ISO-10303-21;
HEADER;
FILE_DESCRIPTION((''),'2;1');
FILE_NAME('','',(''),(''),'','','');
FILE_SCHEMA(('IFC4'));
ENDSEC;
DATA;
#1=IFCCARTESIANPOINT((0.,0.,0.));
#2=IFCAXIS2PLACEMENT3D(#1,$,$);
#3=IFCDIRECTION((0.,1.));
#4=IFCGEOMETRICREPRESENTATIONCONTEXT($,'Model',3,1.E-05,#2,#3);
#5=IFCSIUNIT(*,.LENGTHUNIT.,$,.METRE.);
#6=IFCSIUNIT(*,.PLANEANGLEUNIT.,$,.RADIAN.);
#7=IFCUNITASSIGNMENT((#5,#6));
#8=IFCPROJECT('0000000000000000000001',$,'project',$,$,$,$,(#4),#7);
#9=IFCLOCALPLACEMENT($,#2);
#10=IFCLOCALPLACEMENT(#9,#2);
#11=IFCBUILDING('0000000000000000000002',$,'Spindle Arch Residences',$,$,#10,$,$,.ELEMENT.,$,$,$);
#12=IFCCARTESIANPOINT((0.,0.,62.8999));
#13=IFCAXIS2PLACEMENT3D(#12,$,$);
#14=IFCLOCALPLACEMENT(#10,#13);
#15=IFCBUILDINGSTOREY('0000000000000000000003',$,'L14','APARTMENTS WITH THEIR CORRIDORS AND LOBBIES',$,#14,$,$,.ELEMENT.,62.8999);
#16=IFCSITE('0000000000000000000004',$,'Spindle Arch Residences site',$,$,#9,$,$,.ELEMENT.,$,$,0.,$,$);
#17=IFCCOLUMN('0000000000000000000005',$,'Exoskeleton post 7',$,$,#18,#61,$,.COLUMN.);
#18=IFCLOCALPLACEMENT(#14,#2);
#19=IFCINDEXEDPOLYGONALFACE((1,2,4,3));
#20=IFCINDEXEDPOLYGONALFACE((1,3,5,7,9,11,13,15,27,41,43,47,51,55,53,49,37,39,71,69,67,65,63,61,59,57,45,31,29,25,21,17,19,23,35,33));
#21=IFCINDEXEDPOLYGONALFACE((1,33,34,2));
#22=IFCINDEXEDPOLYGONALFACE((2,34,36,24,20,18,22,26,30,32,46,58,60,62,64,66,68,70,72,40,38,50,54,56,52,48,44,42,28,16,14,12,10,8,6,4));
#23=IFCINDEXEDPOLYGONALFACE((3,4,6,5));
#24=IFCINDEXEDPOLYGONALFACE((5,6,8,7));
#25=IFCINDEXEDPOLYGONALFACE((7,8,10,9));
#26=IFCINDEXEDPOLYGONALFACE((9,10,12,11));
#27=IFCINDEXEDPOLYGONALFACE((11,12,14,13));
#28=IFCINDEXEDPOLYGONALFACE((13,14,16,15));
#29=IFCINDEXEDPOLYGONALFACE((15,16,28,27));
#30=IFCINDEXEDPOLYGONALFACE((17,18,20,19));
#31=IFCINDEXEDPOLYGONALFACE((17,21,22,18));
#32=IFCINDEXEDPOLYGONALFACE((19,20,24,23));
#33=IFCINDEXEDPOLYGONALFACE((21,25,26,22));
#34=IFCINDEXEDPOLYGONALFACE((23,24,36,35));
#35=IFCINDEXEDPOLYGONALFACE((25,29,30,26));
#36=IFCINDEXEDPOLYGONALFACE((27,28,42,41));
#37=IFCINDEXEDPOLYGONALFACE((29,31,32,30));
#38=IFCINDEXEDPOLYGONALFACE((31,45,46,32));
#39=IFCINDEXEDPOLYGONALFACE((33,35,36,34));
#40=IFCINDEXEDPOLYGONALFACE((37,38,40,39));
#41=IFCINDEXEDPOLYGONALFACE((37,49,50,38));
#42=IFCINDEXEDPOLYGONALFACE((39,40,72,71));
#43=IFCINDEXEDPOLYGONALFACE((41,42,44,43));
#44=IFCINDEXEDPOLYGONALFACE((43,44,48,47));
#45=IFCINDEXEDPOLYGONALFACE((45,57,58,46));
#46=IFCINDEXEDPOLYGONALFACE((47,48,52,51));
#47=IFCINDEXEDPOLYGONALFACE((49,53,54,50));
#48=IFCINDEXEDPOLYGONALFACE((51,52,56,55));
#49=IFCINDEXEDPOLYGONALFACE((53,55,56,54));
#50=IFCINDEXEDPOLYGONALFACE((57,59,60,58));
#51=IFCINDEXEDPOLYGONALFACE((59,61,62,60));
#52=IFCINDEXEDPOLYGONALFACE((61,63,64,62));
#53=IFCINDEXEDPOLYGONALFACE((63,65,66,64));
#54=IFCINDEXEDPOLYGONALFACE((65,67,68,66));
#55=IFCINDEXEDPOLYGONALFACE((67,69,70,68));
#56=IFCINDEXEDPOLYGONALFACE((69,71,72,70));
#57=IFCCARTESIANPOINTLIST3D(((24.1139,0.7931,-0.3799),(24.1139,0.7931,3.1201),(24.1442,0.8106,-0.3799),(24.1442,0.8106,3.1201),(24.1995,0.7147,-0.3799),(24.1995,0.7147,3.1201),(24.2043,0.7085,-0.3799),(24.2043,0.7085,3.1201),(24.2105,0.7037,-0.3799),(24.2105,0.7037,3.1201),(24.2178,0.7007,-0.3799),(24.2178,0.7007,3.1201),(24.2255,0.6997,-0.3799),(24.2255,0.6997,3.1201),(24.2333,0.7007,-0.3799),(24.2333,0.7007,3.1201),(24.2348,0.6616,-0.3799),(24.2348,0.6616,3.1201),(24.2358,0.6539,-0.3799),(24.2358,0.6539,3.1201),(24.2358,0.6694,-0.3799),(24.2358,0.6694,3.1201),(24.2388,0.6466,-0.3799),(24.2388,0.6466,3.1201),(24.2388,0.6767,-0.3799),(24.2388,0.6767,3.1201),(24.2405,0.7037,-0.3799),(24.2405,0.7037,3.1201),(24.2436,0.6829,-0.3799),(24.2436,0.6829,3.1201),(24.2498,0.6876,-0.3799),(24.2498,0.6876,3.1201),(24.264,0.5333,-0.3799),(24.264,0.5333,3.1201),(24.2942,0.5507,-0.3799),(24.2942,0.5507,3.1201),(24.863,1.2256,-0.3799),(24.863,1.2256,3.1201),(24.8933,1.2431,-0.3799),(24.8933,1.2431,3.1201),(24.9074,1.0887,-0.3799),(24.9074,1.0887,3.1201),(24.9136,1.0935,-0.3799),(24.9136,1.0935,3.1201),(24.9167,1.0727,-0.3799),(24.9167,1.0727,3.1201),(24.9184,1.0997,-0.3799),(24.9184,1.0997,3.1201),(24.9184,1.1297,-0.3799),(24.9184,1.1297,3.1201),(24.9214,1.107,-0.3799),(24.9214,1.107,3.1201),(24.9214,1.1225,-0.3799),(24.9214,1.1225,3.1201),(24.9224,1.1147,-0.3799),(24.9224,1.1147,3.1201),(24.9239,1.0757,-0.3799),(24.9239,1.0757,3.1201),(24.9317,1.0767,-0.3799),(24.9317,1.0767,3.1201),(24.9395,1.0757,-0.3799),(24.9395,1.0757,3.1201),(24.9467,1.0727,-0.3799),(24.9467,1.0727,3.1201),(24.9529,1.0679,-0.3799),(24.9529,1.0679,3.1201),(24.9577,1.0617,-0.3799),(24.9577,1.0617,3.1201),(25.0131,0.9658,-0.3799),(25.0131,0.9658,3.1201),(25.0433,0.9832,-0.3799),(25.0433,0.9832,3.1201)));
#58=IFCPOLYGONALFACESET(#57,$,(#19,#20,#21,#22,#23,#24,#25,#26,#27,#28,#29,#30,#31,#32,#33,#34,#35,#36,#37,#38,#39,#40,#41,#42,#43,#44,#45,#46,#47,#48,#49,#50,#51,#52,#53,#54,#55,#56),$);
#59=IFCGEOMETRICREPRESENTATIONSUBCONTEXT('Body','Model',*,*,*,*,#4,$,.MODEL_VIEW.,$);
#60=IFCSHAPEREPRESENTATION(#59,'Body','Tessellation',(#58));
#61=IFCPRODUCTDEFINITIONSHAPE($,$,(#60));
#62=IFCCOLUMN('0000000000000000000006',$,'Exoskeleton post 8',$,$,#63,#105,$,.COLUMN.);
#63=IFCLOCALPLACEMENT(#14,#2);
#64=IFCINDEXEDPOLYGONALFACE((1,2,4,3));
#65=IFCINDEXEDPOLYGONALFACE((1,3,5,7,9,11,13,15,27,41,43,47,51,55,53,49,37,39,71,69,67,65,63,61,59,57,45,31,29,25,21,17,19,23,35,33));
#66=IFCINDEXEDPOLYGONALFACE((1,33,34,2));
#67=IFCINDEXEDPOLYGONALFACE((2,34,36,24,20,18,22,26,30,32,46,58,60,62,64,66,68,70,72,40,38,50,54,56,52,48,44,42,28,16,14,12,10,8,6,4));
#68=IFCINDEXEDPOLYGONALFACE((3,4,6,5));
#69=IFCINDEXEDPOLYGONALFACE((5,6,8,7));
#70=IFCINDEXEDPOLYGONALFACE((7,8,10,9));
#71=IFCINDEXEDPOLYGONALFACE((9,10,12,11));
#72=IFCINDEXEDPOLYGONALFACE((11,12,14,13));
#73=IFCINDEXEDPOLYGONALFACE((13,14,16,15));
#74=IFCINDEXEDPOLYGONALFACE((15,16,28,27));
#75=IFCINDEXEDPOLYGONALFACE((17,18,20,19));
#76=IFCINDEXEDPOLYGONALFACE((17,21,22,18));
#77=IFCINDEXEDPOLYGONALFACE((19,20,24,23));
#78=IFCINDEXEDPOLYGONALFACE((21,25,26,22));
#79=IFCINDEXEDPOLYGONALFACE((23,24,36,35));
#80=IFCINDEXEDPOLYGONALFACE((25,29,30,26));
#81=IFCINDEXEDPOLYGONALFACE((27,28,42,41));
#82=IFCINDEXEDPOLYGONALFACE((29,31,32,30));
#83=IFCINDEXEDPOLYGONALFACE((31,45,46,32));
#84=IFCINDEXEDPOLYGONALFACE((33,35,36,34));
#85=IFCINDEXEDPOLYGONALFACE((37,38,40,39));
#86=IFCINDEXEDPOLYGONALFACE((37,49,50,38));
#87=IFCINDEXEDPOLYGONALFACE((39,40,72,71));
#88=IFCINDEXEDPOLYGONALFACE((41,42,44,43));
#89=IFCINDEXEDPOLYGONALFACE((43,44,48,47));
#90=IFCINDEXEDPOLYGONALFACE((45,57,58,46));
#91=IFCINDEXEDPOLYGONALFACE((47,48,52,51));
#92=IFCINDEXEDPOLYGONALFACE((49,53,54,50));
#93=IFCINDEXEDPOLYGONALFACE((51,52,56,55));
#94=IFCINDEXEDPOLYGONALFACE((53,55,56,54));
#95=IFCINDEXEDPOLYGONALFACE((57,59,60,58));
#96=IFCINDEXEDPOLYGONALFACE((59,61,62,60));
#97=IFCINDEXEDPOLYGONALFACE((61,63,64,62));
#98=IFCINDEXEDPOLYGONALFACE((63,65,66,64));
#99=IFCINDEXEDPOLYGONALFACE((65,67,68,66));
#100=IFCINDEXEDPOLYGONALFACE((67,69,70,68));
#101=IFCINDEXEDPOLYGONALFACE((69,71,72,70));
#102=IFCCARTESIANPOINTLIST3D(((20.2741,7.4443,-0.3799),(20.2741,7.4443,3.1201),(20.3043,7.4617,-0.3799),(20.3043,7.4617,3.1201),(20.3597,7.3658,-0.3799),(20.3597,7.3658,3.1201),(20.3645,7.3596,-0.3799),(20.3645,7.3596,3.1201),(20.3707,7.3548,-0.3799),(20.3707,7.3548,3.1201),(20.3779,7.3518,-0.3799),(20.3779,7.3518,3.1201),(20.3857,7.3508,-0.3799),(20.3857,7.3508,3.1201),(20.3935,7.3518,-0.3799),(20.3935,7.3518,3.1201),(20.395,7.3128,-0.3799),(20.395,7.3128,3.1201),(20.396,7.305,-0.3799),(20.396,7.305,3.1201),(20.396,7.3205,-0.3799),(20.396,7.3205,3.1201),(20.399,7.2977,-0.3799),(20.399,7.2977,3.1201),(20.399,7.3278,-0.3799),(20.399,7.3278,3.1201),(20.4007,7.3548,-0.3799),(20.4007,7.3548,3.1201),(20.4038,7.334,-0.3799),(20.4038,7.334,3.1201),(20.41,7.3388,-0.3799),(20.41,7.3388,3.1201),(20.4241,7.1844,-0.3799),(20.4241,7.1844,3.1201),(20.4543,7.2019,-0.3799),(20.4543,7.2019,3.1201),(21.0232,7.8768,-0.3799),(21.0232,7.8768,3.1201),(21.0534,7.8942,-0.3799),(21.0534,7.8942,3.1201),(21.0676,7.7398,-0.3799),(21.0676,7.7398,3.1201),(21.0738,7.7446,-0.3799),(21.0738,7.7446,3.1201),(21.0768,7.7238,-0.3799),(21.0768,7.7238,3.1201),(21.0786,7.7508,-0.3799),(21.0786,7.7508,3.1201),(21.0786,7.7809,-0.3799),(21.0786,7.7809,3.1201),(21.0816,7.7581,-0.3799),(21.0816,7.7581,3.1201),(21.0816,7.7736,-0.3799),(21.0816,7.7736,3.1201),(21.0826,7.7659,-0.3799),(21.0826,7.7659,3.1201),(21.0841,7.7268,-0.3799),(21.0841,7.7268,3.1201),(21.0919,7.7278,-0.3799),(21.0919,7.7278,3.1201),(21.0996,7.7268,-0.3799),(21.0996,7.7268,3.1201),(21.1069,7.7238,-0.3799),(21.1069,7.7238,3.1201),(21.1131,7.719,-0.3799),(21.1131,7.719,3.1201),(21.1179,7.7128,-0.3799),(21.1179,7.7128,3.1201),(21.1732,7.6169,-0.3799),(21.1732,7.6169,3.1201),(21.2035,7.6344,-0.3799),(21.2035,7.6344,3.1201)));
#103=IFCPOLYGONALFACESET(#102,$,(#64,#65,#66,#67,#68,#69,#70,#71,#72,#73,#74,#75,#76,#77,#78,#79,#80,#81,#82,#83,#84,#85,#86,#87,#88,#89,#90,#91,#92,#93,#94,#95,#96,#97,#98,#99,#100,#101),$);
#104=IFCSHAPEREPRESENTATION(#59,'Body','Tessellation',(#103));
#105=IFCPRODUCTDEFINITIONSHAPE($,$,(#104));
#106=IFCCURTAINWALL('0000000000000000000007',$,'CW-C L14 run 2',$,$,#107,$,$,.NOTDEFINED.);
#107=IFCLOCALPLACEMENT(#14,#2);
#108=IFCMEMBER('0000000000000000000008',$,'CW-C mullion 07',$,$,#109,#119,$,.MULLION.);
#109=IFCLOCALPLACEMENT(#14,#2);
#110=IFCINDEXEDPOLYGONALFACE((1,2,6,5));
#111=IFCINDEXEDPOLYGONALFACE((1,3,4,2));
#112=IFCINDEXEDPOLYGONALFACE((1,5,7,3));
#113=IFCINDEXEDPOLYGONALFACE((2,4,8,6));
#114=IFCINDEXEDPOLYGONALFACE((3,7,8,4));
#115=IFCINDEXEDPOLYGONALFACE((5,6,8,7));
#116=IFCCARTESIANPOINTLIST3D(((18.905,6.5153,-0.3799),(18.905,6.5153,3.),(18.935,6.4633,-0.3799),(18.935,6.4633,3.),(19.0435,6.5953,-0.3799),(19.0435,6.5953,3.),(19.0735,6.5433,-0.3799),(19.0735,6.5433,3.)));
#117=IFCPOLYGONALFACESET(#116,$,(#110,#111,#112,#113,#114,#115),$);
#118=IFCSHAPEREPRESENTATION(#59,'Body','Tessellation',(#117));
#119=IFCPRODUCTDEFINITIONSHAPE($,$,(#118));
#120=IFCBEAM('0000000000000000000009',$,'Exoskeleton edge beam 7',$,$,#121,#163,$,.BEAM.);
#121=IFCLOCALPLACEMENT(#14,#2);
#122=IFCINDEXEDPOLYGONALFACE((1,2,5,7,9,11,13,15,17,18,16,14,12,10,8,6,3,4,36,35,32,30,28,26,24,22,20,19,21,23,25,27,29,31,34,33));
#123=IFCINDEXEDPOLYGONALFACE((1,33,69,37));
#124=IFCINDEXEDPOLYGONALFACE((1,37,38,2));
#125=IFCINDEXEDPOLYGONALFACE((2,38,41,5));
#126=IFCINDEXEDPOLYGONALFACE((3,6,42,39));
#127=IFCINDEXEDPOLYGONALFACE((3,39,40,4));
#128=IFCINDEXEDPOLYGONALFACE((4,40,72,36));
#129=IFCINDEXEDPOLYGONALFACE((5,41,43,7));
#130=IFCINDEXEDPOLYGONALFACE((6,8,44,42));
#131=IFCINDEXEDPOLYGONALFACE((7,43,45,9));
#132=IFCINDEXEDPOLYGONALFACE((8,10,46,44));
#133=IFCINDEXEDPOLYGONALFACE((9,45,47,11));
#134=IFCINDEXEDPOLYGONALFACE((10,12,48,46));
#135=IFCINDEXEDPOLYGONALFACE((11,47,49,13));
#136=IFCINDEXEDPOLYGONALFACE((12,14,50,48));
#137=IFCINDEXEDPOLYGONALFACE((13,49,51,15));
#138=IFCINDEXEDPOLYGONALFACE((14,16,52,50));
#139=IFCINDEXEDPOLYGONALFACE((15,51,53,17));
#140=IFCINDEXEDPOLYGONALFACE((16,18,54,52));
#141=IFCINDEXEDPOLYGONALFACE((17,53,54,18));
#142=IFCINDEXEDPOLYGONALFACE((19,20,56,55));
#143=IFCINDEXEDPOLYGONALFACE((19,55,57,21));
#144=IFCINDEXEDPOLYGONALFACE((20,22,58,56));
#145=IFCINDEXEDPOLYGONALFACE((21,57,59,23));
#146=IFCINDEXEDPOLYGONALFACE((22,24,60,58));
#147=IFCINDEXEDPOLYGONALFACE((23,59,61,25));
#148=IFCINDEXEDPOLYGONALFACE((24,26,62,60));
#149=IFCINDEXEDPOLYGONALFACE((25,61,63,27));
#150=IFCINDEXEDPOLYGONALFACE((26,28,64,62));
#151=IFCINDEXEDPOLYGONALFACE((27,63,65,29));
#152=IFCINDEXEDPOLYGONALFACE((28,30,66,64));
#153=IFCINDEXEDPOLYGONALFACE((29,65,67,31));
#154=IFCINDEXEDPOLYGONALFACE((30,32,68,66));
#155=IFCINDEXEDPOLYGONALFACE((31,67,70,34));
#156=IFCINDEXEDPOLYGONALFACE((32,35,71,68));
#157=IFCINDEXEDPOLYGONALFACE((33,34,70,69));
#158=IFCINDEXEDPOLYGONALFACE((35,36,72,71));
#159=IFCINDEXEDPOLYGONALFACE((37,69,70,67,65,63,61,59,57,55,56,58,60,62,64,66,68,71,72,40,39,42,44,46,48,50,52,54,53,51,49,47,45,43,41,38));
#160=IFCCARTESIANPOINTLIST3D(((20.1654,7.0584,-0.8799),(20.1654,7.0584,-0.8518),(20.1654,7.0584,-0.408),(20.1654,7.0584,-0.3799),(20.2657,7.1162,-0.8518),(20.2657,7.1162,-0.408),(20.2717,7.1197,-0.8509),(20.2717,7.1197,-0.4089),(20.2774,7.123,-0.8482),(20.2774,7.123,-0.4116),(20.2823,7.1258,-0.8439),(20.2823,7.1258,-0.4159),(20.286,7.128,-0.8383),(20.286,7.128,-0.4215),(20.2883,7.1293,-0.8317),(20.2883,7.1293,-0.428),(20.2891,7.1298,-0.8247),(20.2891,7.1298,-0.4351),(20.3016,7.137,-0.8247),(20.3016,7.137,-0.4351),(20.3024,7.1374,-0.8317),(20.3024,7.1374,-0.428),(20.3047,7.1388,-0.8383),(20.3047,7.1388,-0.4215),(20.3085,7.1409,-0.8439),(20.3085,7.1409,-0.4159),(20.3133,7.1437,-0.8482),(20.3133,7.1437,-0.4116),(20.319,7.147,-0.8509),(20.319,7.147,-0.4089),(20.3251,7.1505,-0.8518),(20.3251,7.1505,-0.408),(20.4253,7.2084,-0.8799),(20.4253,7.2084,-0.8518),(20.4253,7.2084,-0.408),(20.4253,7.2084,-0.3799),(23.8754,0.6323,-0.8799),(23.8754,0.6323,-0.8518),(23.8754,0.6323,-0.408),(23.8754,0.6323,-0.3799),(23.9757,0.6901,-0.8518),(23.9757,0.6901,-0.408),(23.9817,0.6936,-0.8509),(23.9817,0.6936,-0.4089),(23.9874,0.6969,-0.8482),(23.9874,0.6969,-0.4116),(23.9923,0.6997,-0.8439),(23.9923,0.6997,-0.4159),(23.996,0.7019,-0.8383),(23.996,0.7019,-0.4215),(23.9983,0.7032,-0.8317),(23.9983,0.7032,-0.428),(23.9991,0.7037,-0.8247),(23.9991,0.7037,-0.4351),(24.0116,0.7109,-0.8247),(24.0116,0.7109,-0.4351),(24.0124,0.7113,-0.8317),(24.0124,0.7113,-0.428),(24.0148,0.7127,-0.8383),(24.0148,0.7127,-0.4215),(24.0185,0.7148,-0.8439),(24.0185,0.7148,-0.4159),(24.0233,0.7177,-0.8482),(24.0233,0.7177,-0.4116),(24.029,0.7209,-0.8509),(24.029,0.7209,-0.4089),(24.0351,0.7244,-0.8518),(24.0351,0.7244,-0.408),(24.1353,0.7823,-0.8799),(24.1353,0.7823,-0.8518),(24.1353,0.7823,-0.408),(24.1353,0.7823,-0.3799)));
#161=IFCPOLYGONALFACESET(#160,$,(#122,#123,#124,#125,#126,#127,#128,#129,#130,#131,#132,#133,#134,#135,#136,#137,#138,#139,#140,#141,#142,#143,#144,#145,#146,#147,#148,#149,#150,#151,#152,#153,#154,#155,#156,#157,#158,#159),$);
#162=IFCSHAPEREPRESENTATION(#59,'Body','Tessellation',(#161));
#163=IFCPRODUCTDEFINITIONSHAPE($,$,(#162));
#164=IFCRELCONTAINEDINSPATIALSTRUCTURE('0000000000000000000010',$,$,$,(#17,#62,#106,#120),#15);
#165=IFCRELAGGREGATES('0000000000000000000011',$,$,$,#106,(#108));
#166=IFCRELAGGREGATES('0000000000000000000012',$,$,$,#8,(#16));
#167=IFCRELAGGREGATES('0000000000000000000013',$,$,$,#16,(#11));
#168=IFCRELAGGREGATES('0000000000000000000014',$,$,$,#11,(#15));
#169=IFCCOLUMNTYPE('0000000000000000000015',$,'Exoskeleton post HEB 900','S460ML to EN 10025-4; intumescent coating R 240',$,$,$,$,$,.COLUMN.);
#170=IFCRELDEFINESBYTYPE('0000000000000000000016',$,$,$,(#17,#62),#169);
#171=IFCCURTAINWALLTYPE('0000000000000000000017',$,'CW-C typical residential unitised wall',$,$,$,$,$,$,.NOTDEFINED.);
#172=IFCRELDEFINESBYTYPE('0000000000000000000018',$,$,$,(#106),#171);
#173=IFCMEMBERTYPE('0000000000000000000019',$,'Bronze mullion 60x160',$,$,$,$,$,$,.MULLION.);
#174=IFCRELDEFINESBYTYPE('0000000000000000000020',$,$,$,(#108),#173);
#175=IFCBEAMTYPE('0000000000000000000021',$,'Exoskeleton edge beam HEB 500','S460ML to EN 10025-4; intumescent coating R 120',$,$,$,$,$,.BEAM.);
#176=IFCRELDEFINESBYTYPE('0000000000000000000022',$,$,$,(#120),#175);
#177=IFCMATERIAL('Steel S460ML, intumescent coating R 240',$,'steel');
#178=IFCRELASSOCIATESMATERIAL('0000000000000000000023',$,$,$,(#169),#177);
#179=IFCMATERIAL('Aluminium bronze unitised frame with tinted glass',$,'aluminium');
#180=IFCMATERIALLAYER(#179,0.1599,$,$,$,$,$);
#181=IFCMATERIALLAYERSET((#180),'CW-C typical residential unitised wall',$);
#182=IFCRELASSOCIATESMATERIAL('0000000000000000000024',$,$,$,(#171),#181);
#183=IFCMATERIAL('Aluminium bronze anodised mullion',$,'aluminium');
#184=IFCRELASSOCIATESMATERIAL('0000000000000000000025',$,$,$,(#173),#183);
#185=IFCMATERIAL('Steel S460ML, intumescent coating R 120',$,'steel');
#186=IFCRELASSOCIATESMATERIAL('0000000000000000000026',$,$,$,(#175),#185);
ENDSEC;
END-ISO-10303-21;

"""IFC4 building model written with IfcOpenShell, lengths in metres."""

from ifc_helpers import new_model, si_unit, direction, frame, origin, origin_2d, place, context, subcontext, project, spatial, rectangle, i_section, extrude, material, layer, layer_set, material_profile, profile_set, type_object, element, aggregate, save


model = new_model("IFC4")

# Units and contexts
model_context = context("Model", 3, precision=1e-05, world=origin(), true_north=direction((0.0, 1.0)))
body_context = subcontext(model_context, "Body", "Model", "MODEL_VIEW")
ifc_project = project(units=[si_unit("LENGTHUNIT", "METRE"), si_unit("PLANEANGLEUNIT", "RADIAN")], contexts=[model_context])

# Site, building, storey
site_placement = place(None, origin())
site = spatial("IfcSite", under=ifc_project, at=site_placement, Name="Spindle Arch Residences site", CompositionType="ELEMENT", RefElevation=0.0)
building_placement = place(site_placement, origin())
building = spatial("IfcBuilding", under=site, at=building_placement, Name="Spindle Arch Residences", CompositionType="ELEMENT")
storey_placement = place(building_placement, frame((0.0, 0.0, 62.8999)))
storey = spatial("IfcBuildingStorey", under=building, at=storey_placement, Name="L14", Description="APARTMENTS WITH THEIR CORRIDORS AND LOBBIES", CompositionType="ELEMENT", Elevation=62.8999)

# Columns
ifc_material_1 = material(Name="Steel S460ML, intumescent coating R 240", Category="steel")
ifc_material_profile_1 = material_profile(ifc_material_1, i_section(OverallWidth=0.3, OverallDepth=0.8999, WebThickness=0.0186, FlangeThickness=0.0349, FilletRadius=0.03, at=origin_2d()), Name="HEB 900")
ifc_profile_set_1 = profile_set([ifc_material_profile_1], Name="Steel S460ML, intumescent coating R 240")
column_type = type_object("IfcColumnType", Name="Exoskeleton post HEB 900", Description="S460ML to EN 10025-4; intumescent coating R 240", PredefinedType="COLUMN", material=ifc_profile_set_1)
for number, where, z_axis, x_axis, name in (
    (1, (24.5786, 0.8882, -0.3799), (0.0, 0.0, 1.0), (0.5, -0.866025, 0.0), "Exoskeleton post 7"),
    (2, (20.7388, 7.5393, -0.3799), (0.0, 0.0, 1.0), (0.5, -0.866025, 0.0), "Exoskeleton post 8"),
):
    element("IfcColumn", number, at=place(storey_placement, frame(where, z_axis=z_axis, x_axis=x_axis)), inside=storey, type_object=column_type, Name=name, PredefinedType="COLUMN", context=body_context, shape_type="SweptSolid", body=[
        extrude(i_section(OverallWidth=0.3, OverallDepth=0.8999, WebThickness=0.0186, FlangeThickness=0.0349, FilletRadius=0.03, at=origin_2d()), origin(), (0.0, 0.0, 1.0), 3.5),
    ])

# Curtain wall, member
ifc_material_2 = material(Name="Aluminium bronze unitised frame with tinted glass", Category="aluminium")
ifc_layer_1 = layer(ifc_material_2, 0.1599)
ifc_layer_set_1 = layer_set([ifc_layer_1], Name="CW-C typical residential unitised wall")
curtain_wall_type = type_object("IfcCurtainWallType", Name="CW-C typical residential unitised wall", PredefinedType="NOTDEFINED", material=ifc_layer_set_1)
curtain_wall_placement = place(storey_placement, origin())
curtain_wall = element("IfcCurtainWall", 3, at=curtain_wall_placement, inside=storey, type_object=curtain_wall_type, Name="CW-C L14 run 2", PredefinedType="NOTDEFINED")
ifc_material_3 = material(Name="Aluminium bronze anodised mullion", Category="aluminium")
ifc_material_profile_2 = material_profile(ifc_material_3, rectangle(XDim=0.1599, YDim=0.0601, at=origin_2d()), Name="MU 60x160")
ifc_profile_set_2 = profile_set([ifc_material_profile_2], Name="Aluminium bronze anodised mullion")
member_type = type_object("IfcMemberType", Name="Bronze mullion 60x160", PredefinedType="MULLION", material=ifc_profile_set_2)
member_placement = place(storey_placement, frame((18.9893, 6.5293, -0.3799), z_axis=(0.0, 0.0, 1.0), x_axis=(-0.866025, -0.5, 0.0)))
member = element("IfcMember", 4, at=member_placement, type_object=member_type, Name="CW-C mullion 07", PredefinedType="MULLION", context=body_context, shape_type="SweptSolid", body=[
    extrude(rectangle(XDim=0.1599, YDim=0.0601, at=origin_2d()), origin(), (0.0, 0.0, 1.0), 3.3799),
])

# Beam
ifc_material_4 = material(Name="Steel S460ML, intumescent coating R 120", Category="steel")
ifc_material_profile_3 = material_profile(ifc_material_4, i_section(OverallWidth=0.3, OverallDepth=0.5, WebThickness=0.0144, FlangeThickness=0.0281, FilletRadius=0.0271, at=origin_2d()), Name="HEB 500")
ifc_profile_set_3 = profile_set([ifc_material_profile_3], Name="Steel S460ML, intumescent coating R 120")
beam_type_1 = type_object("IfcBeamType", Name="Exoskeleton edge beam HEB 500", Description="S460ML to EN 10025-4; intumescent coating R 120", PredefinedType="BEAM", material=ifc_profile_set_3)
for number, where, z_axis, x_axis, name in (
    (5, (24.0054, 0.7073, -0.6299), (-0.499989, 0.866032, 0.0), (-0.866032, -0.499989, 0.0), "Exoskeleton edge beam 7"),
):
    element("IfcBeam", number, at=place(storey_placement, frame(where, z_axis=z_axis, x_axis=x_axis)), inside=storey, type_object=beam_type_1, Name=name, PredefinedType="BEAM", context=body_context, shape_type="SweptSolid", body=[
        extrude(i_section(OverallWidth=0.3, OverallDepth=0.5, WebThickness=0.0144, FlangeThickness=0.0281, FilletRadius=0.0271, at=origin_2d()), origin(), (0.0, 0.0, 1.0), 7.4202),
    ])

aggregate(curtain_wall, [member])

save(model, "model.ifc")
